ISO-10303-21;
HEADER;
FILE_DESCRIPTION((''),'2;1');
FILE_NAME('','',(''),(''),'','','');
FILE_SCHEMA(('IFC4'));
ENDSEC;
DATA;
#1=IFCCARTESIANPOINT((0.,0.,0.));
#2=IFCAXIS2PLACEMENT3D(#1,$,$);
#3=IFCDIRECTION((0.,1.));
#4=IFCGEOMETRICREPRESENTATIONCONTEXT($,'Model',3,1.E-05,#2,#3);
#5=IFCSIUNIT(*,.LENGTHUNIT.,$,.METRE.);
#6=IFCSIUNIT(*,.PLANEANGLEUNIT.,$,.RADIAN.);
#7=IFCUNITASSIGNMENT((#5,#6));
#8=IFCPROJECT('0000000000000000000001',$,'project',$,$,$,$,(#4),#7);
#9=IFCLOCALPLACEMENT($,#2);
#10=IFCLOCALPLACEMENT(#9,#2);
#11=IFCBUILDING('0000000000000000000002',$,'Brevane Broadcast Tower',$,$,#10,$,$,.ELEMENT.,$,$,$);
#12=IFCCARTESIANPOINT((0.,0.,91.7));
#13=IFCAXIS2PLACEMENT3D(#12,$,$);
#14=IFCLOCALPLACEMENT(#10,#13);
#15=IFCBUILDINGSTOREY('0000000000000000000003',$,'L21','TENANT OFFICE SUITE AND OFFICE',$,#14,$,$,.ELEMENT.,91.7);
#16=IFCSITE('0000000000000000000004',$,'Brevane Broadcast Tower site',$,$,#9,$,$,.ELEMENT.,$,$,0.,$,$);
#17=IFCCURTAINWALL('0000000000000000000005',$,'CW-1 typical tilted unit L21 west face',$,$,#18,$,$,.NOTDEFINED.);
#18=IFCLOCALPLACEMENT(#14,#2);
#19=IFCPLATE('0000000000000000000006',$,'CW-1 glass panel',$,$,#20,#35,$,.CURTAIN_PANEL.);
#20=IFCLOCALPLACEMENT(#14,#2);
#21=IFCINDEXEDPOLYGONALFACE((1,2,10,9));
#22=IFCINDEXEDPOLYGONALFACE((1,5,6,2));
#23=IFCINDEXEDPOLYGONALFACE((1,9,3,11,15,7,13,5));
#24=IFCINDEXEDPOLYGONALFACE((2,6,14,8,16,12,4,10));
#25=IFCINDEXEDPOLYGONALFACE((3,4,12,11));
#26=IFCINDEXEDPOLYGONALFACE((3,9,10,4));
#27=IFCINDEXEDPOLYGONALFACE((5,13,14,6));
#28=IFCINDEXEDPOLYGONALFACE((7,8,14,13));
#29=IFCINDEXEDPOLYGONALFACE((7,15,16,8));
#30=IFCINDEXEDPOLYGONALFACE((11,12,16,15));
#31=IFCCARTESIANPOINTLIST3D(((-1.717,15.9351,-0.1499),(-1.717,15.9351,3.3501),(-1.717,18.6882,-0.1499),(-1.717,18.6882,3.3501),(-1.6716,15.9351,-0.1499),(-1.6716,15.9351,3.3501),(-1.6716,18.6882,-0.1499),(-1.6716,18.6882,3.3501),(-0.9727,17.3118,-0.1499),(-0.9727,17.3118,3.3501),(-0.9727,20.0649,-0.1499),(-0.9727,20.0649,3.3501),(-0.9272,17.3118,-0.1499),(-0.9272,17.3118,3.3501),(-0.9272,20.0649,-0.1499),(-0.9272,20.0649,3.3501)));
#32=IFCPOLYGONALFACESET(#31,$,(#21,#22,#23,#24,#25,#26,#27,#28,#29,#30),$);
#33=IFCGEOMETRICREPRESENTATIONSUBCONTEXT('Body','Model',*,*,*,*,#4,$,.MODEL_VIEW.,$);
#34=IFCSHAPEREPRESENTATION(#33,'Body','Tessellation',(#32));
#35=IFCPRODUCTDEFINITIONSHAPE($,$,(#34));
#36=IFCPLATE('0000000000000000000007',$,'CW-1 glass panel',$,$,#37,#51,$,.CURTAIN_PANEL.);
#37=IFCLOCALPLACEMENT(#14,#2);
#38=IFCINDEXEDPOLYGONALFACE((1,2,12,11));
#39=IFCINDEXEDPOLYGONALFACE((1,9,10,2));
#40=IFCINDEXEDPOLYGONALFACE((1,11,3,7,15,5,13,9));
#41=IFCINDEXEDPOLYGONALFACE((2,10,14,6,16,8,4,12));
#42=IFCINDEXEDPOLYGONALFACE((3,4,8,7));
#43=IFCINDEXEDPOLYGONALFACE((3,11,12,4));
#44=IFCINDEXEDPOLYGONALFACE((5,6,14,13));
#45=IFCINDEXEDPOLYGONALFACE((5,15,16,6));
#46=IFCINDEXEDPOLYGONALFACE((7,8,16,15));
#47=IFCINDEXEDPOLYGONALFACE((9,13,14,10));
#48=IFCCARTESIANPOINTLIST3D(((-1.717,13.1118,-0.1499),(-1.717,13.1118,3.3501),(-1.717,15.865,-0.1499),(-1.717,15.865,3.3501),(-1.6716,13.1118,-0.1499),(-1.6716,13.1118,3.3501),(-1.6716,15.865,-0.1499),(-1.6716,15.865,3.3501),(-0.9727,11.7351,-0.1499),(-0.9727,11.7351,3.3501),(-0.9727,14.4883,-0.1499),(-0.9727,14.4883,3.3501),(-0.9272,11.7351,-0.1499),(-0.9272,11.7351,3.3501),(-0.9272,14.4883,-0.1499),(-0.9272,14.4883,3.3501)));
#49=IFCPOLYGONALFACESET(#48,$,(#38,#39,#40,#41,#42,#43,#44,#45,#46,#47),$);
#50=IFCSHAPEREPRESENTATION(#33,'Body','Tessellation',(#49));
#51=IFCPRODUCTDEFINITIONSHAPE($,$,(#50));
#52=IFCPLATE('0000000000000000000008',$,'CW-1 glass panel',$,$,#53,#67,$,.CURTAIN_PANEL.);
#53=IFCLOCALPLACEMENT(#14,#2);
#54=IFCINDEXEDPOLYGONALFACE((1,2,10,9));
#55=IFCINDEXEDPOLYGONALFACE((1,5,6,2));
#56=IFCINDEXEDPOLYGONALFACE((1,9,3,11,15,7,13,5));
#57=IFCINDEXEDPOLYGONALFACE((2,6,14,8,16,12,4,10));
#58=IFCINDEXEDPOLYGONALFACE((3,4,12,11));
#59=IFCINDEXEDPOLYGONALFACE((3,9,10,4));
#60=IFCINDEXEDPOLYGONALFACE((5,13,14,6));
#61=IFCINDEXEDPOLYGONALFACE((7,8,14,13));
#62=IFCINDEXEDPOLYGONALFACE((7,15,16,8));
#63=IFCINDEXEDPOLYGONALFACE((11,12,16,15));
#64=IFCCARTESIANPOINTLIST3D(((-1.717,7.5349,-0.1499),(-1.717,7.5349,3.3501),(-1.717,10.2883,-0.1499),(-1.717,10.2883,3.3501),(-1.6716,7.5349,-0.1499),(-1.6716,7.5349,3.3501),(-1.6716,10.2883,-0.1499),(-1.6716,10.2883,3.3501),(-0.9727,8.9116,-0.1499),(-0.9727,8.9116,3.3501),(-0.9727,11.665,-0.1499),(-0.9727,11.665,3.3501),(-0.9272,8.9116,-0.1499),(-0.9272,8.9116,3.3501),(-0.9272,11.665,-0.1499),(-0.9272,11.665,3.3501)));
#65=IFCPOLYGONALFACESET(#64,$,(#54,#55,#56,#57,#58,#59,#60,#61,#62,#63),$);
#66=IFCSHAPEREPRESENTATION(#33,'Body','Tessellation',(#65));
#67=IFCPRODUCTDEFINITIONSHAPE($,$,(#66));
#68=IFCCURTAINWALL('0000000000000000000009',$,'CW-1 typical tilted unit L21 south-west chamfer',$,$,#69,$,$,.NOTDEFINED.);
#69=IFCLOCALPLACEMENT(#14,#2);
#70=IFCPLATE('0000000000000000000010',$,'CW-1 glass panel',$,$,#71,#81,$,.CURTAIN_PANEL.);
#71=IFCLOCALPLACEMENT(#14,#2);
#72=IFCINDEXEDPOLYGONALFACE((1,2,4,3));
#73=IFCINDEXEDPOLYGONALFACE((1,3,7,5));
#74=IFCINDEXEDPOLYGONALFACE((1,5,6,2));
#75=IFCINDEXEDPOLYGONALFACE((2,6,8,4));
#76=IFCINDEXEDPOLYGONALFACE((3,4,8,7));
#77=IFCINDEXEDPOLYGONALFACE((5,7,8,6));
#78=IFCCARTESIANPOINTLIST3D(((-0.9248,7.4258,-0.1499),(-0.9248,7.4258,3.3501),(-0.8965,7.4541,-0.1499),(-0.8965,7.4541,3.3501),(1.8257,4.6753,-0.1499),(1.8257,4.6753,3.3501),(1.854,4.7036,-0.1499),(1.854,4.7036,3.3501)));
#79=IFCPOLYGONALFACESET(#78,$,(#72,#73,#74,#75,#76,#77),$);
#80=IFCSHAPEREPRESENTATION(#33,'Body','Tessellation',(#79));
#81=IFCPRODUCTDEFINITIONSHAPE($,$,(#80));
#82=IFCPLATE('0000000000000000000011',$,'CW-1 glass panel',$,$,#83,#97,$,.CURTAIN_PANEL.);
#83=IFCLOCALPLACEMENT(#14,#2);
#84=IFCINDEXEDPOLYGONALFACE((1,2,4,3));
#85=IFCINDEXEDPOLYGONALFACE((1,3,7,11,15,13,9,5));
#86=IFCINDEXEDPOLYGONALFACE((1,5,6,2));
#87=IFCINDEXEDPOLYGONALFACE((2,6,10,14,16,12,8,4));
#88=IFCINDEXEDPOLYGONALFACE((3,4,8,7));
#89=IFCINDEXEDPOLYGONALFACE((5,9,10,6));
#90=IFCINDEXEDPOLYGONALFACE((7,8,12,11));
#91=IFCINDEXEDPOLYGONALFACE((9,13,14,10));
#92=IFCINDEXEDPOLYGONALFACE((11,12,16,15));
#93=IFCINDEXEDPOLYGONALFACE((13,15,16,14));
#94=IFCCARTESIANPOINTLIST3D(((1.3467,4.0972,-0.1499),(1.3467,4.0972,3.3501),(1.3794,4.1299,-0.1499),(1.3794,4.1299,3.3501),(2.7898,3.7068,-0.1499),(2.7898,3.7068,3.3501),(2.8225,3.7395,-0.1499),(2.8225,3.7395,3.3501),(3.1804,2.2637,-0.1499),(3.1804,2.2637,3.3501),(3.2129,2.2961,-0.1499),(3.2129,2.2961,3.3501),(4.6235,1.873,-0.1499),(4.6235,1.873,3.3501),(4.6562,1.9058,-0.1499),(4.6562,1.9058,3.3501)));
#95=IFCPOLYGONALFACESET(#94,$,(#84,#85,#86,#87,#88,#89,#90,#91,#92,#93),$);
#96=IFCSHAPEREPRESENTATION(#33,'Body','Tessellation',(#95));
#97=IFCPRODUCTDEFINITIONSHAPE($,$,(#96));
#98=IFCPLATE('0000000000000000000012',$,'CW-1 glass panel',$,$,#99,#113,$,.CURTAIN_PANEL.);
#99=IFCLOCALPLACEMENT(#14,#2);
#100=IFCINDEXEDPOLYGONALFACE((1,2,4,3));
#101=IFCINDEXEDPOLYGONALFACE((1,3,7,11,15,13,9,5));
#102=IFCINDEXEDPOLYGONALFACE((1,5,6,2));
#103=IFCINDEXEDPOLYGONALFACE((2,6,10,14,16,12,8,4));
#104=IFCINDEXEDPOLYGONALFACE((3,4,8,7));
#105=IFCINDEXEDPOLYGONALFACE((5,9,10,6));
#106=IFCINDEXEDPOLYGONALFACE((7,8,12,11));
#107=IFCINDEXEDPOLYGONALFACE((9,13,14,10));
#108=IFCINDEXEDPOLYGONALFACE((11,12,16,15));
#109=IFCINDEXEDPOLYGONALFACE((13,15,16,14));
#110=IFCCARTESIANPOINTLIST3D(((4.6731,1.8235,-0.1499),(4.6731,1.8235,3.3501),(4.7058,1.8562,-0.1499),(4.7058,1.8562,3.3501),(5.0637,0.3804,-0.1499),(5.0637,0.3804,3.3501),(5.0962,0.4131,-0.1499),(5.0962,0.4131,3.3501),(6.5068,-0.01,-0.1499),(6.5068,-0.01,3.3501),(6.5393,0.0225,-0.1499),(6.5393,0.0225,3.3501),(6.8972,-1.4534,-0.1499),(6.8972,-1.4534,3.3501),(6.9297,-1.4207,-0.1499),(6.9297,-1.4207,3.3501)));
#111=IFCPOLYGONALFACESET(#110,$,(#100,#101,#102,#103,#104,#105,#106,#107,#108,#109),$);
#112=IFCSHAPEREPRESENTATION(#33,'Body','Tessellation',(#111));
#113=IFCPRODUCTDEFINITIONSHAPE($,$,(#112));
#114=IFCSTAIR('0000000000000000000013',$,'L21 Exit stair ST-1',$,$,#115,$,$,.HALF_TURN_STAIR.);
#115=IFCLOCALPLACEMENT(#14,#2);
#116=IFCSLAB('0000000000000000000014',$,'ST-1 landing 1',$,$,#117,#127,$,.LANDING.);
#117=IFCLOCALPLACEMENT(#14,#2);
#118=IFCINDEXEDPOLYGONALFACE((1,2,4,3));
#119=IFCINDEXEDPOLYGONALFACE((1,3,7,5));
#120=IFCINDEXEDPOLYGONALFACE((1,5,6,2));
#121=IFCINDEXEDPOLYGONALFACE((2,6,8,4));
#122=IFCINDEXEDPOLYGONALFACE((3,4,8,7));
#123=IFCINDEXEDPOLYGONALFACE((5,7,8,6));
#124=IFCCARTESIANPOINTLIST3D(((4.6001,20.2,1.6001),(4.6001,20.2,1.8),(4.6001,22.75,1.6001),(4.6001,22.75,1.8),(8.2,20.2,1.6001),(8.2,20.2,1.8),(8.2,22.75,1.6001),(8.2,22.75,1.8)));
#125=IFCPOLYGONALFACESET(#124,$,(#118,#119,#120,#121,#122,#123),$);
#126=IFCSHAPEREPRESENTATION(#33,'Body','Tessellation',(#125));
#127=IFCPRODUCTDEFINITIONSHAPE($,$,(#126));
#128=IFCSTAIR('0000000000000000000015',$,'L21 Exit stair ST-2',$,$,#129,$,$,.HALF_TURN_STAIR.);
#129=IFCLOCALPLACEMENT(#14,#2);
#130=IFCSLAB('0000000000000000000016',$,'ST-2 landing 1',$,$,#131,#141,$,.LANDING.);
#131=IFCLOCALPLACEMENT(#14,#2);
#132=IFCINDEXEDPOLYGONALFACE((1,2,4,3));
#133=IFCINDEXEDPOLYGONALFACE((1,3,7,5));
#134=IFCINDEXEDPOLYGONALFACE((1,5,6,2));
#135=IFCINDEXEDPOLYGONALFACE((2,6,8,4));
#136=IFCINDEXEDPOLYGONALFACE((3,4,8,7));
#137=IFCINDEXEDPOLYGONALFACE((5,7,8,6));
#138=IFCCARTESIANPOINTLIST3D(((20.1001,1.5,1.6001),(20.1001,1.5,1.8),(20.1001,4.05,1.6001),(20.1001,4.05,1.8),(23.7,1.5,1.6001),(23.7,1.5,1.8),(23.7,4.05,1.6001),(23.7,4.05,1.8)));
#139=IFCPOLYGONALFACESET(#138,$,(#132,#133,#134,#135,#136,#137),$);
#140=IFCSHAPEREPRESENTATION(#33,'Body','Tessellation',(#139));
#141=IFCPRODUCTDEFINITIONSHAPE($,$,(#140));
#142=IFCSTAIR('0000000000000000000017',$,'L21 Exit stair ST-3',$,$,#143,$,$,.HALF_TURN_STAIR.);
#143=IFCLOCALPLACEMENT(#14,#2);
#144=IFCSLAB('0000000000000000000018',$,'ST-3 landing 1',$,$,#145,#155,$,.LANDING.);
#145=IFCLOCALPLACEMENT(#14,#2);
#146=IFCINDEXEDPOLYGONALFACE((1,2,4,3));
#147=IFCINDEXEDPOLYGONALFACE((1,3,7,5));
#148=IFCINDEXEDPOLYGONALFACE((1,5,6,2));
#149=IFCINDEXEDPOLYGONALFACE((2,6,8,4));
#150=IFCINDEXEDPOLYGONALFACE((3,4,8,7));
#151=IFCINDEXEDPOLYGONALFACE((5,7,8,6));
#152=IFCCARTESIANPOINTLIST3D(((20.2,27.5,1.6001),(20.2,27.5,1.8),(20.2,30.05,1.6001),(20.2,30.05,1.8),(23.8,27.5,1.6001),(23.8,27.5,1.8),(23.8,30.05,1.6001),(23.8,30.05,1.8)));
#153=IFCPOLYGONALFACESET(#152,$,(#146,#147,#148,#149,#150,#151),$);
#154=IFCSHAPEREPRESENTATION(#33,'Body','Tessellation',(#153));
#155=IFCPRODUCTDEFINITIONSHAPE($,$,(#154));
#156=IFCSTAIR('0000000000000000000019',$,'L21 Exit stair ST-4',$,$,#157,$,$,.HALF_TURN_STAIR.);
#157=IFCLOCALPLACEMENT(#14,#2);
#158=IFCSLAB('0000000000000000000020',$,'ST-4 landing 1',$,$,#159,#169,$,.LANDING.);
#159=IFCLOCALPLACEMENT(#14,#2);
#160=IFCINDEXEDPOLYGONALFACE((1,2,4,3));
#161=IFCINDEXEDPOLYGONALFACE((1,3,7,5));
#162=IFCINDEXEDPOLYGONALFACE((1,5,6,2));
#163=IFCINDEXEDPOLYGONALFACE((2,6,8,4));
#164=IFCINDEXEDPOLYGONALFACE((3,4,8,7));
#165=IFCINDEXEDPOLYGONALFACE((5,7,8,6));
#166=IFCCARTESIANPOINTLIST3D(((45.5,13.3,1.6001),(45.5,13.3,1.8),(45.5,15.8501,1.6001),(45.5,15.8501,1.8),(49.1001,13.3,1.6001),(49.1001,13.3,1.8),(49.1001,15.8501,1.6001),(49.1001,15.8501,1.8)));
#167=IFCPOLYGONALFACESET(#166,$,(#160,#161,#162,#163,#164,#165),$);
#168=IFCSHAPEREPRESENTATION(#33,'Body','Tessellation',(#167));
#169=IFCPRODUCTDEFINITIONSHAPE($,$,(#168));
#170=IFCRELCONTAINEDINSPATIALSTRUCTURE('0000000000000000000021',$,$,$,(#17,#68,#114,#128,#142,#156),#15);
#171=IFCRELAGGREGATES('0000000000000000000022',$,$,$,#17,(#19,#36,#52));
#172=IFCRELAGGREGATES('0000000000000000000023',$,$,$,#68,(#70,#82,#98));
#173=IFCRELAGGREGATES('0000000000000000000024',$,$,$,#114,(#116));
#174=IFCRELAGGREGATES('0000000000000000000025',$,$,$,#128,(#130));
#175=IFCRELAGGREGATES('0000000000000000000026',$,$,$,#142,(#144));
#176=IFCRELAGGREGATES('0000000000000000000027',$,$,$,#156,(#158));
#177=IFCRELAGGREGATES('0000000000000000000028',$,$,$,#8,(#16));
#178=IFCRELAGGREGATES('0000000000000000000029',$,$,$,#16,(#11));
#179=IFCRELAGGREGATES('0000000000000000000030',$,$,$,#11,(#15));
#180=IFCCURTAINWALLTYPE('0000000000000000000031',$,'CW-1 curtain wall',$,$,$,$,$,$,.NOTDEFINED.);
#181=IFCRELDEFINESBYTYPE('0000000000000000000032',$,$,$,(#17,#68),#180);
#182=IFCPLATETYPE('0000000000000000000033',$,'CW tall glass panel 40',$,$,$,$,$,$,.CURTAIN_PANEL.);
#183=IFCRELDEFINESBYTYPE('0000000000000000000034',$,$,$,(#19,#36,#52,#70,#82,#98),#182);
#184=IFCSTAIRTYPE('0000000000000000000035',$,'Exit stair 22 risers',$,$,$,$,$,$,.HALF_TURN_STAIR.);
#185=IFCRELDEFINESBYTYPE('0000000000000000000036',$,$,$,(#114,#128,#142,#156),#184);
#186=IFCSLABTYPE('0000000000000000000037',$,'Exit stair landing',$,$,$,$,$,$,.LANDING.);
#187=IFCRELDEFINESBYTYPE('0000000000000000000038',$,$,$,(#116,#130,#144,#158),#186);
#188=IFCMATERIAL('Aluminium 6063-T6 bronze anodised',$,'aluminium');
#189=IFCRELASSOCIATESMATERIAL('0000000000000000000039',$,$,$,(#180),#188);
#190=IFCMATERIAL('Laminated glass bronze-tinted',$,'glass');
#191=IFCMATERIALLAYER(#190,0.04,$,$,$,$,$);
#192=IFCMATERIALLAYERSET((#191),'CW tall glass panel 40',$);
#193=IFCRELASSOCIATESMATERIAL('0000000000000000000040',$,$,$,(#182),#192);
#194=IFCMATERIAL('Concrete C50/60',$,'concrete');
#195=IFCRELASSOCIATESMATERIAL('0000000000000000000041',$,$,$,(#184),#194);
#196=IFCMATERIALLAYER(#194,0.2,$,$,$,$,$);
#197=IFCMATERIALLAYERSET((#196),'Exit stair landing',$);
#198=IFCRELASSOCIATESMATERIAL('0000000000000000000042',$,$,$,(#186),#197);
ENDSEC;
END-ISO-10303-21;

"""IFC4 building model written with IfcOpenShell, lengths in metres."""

from ifc_helpers import new_model, si_unit, direction, frame, origin, place, context, subcontext, project, spatial, polyline, outline, extrude, material, layer, layer_set, type_object, element, aggregate, save


model = new_model("IFC4")

# Units and contexts
model_context = context("Model", 3, precision=1e-05, world=origin(), true_north=direction((0.0, 1.0)))
body_context = subcontext(model_context, "Body", "Model", "MODEL_VIEW")
ifc_project = project(units=[si_unit("LENGTHUNIT", "METRE"), si_unit("PLANEANGLEUNIT", "RADIAN")], contexts=[model_context])

# Site, building, storey
site_placement = place(None, origin())
site = spatial("IfcSite", under=ifc_project, at=site_placement, Name="Brevane Broadcast Tower site", CompositionType="ELEMENT", RefElevation=0.0)
building_placement = place(site_placement, origin())
building = spatial("IfcBuilding", under=site, at=building_placement, Name="Brevane Broadcast Tower", CompositionType="ELEMENT")
storey_placement = place(building_placement, frame((0.0, 0.0, 91.7)))
storey = spatial("IfcBuildingStorey", under=building, at=storey_placement, Name="L21", Description="TENANT OFFICE SUITE AND OFFICE", CompositionType="ELEMENT", Elevation=91.7)

# Shared definitions
ifc_material_1 = material(Name="Aluminium 6063-T6 bronze anodised", Category="aluminium")
curtain_wall_type = type_object("IfcCurtainWallType", Name="CW-1 curtain wall", PredefinedType="NOTDEFINED", material=ifc_material_1)
ifc_material_2 = material(Name="Laminated glass bronze-tinted", Category="glass")
ifc_layer_1 = layer(ifc_material_2, 0.04)
ifc_layer_set_1 = layer_set([ifc_layer_1], Name="CW tall glass panel 40")
plate_type = type_object("IfcPlateType", Name="CW tall glass panel 40", PredefinedType="CURTAIN_PANEL", material=ifc_layer_set_1)

# Curtain walls, plates
curtain_wall_1_placement = place(storey_placement, origin())
curtain_wall_1 = element("IfcCurtainWall", 1, at=curtain_wall_1_placement, inside=storey, type_object=curtain_wall_type, Name="CW-1 typical tilted unit L21 west face", PredefinedType="NOTDEFINED")
plate_1_placement = place(storey_placement, frame((0.0, 0.0, -0.1499)))
plate_1 = element("IfcPlate", 2, at=plate_1_placement, type_object=plate_type, Name="CW-1 glass panel", PredefinedType="CURTAIN_PANEL", context=body_context, shape_type="SweptSolid", body=[
    extrude(outline(polyline([(-0.9272, 20.0649), (-0.9727, 20.0649), (-1.717, 18.6882), (-0.9727, 17.3118), (-1.717, 15.9351), (-1.6716, 15.9351), (-0.9272, 17.3118), (-1.6716, 18.6882), (-0.9272, 20.0649)])), origin(), (0.0, 0.0, 1.0), 3.5),
])
plate_2_placement = place(storey_placement, frame((0.0, 0.0, -0.1499)))
plate_2 = element("IfcPlate", 3, at=plate_2_placement, type_object=plate_type, Name="CW-1 glass panel", PredefinedType="CURTAIN_PANEL", context=body_context, shape_type="SweptSolid", body=[
    extrude(outline(polyline([(-1.6716, 15.865), (-1.717, 15.865), (-0.9727, 14.4883), (-1.717, 13.1118), (-0.9727, 11.7351), (-0.9272, 11.7351), (-1.6716, 13.1118), (-0.9272, 14.4883), (-1.6716, 15.865)])), origin(), (0.0, 0.0, 1.0), 3.5),
])
plate_3_placement = place(storey_placement, frame((0.0, 0.0, -0.1499)))
plate_3 = element("IfcPlate", 4, at=plate_3_placement, type_object=plate_type, Name="CW-1 glass panel", PredefinedType="CURTAIN_PANEL", context=body_context, shape_type="SweptSolid", body=[
    extrude(outline(polyline([(-0.9272, 11.665), (-0.9727, 11.665), (-1.717, 10.2883), (-0.9727, 8.9116), (-1.717, 7.5349), (-1.6716, 7.5349), (-0.9272, 8.9116), (-1.6716, 10.2883), (-0.9272, 11.665)])), origin(), (0.0, 0.0, 1.0), 3.5),
])
aggregate(curtain_wall_1, [plate_1, plate_2, plate_3])
curtain_wall_2_placement = place(storey_placement, origin())
curtain_wall_2 = element("IfcCurtainWall", 5, at=curtain_wall_2_placement, inside=storey, type_object=curtain_wall_type, Name="CW-1 typical tilted unit L21 south-west chamfer", PredefinedType="NOTDEFINED")
plate_4_placement = place(storey_placement, frame((0.0, 0.0, -0.1499)))
plate_4 = element("IfcPlate", 6, at=plate_4_placement, type_object=plate_type, Name="CW-1 glass panel", PredefinedType="CURTAIN_PANEL", context=body_context, shape_type="SweptSolid", body=[
    extrude(outline(polyline([(-0.8965, 7.4541), (1.854, 4.7036), (1.8257, 4.6753), (-0.9248, 7.4258), (-0.8965, 7.4541)])), origin(), (0.0, 0.0, 1.0), 3.5),
])
plate_5_placement = place(storey_placement, frame((0.0, 0.0, -0.1499)))
plate_5 = element("IfcPlate", 7, at=plate_5_placement, type_object=plate_type, Name="CW-1 glass panel", PredefinedType="CURTAIN_PANEL", context=body_context, shape_type="SweptSolid", body=[
    extrude(outline(polyline([(1.3794, 4.1299), (1.3467, 4.0972), (2.7898, 3.7068), (3.1804, 2.2637), (4.6235, 1.873), (4.6562, 1.9058), (3.2129, 2.2961), (2.8225, 3.7395), (1.3794, 4.1299)])), origin(), (0.0, 0.0, 1.0), 3.5),
])
plate_6_placement = place(storey_placement, frame((0.0, 0.0, -0.1499)))
plate_6 = element("IfcPlate", 8, at=plate_6_placement, type_object=plate_type, Name="CW-1 glass panel", PredefinedType="CURTAIN_PANEL", context=body_context, shape_type="SweptSolid", body=[
    extrude(outline(polyline([(4.7058, 1.8562), (4.6731, 1.8235), (5.0637, 0.3804), (6.5068, -0.01), (6.8972, -1.4534), (6.9297, -1.4207), (6.5393, 0.0225), (5.0962, 0.4131), (4.7058, 1.8562)])), origin(), (0.0, 0.0, 1.0), 3.5),
])
aggregate(curtain_wall_2, [plate_4, plate_5, plate_6])

# Stairs, slabs
ifc_material_3 = material(Name="Concrete C50/60", Category="concrete")
stair_type = type_object("IfcStairType", Name="Exit stair 22 risers", PredefinedType="HALF_TURN_STAIR", material=ifc_material_3)
stair_1_placement = place(storey_placement, origin())
stair_1 = element("IfcStair", 9, at=stair_1_placement, inside=storey, type_object=stair_type, Name="L21 Exit stair ST-1", PredefinedType="HALF_TURN_STAIR")
ifc_layer_2 = layer(ifc_material_3, 0.2)
ifc_layer_set_2 = layer_set([ifc_layer_2], Name="Exit stair landing")
slab_type_1 = type_object("IfcSlabType", Name="Exit stair landing", PredefinedType="LANDING", material=ifc_layer_set_2)
slab_1_placement = place(storey_placement, frame((0.0, 0.0, 1.6001)))
slab_1 = element("IfcSlab", 10, at=slab_1_placement, type_object=slab_type_1, Name="ST-1 landing 1", PredefinedType="LANDING", context=body_context, shape_type="SweptSolid", body=[
    extrude(outline(polyline([(4.6001, 20.2), (8.2, 20.2), (8.2, 22.75), (4.6001, 22.75), (4.6001, 20.2)])), origin(), (0.0, 0.0, 1.0), 0.2),
])
aggregate(stair_1, [slab_1])
stair_2_placement = place(storey_placement, origin())
stair_2 = element("IfcStair", 11, at=stair_2_placement, inside=storey, type_object=stair_type, Name="L21 Exit stair ST-2", PredefinedType="HALF_TURN_STAIR")
slab_2_placement = place(storey_placement, frame((0.0, 0.0, 1.6001)))
slab_2 = element("IfcSlab", 12, at=slab_2_placement, type_object=slab_type_1, Name="ST-2 landing 1", PredefinedType="LANDING", context=body_context, shape_type="SweptSolid", body=[
    extrude(outline(polyline([(20.1001, 1.5), (23.7, 1.5), (23.7, 4.05), (20.1001, 4.05), (20.1001, 1.5)])), origin(), (0.0, 0.0, 1.0), 0.2),
])
aggregate(stair_2, [slab_2])
stair_3_placement = place(storey_placement, origin())
stair_3 = element("IfcStair", 13, at=stair_3_placement, inside=storey, type_object=stair_type, Name="L21 Exit stair ST-3", PredefinedType="HALF_TURN_STAIR")
slab_3_placement = place(storey_placement, frame((0.0, 0.0, 1.6001)))
slab_3 = element("IfcSlab", 14, at=slab_3_placement, type_object=slab_type_1, Name="ST-3 landing 1", PredefinedType="LANDING", context=body_context, shape_type="SweptSolid", body=[
    extrude(outline(polyline([(20.2, 27.5), (23.8, 27.5), (23.8, 30.05), (20.2, 30.05), (20.2, 27.5)])), origin(), (0.0, 0.0, 1.0), 0.2),
])
aggregate(stair_3, [slab_3])
stair_4_placement = place(storey_placement, origin())
stair_4 = element("IfcStair", 15, at=stair_4_placement, inside=storey, type_object=stair_type, Name="L21 Exit stair ST-4", PredefinedType="HALF_TURN_STAIR")
slab_4_placement = place(storey_placement, frame((0.0, 0.0, 1.6001)))
slab_4 = element("IfcSlab", 16, at=slab_4_placement, type_object=slab_type_1, Name="ST-4 landing 1", PredefinedType="LANDING", context=body_context, shape_type="SweptSolid", body=[
    extrude(outline(polyline([(45.5, 13.3), (49.1001, 13.3), (49.1001, 15.8501), (45.5, 15.8501), (45.5, 13.3)])), origin(), (0.0, 0.0, 1.0), 0.2),
])
aggregate(stair_4, [slab_4])

save(model, "model.ifc")
